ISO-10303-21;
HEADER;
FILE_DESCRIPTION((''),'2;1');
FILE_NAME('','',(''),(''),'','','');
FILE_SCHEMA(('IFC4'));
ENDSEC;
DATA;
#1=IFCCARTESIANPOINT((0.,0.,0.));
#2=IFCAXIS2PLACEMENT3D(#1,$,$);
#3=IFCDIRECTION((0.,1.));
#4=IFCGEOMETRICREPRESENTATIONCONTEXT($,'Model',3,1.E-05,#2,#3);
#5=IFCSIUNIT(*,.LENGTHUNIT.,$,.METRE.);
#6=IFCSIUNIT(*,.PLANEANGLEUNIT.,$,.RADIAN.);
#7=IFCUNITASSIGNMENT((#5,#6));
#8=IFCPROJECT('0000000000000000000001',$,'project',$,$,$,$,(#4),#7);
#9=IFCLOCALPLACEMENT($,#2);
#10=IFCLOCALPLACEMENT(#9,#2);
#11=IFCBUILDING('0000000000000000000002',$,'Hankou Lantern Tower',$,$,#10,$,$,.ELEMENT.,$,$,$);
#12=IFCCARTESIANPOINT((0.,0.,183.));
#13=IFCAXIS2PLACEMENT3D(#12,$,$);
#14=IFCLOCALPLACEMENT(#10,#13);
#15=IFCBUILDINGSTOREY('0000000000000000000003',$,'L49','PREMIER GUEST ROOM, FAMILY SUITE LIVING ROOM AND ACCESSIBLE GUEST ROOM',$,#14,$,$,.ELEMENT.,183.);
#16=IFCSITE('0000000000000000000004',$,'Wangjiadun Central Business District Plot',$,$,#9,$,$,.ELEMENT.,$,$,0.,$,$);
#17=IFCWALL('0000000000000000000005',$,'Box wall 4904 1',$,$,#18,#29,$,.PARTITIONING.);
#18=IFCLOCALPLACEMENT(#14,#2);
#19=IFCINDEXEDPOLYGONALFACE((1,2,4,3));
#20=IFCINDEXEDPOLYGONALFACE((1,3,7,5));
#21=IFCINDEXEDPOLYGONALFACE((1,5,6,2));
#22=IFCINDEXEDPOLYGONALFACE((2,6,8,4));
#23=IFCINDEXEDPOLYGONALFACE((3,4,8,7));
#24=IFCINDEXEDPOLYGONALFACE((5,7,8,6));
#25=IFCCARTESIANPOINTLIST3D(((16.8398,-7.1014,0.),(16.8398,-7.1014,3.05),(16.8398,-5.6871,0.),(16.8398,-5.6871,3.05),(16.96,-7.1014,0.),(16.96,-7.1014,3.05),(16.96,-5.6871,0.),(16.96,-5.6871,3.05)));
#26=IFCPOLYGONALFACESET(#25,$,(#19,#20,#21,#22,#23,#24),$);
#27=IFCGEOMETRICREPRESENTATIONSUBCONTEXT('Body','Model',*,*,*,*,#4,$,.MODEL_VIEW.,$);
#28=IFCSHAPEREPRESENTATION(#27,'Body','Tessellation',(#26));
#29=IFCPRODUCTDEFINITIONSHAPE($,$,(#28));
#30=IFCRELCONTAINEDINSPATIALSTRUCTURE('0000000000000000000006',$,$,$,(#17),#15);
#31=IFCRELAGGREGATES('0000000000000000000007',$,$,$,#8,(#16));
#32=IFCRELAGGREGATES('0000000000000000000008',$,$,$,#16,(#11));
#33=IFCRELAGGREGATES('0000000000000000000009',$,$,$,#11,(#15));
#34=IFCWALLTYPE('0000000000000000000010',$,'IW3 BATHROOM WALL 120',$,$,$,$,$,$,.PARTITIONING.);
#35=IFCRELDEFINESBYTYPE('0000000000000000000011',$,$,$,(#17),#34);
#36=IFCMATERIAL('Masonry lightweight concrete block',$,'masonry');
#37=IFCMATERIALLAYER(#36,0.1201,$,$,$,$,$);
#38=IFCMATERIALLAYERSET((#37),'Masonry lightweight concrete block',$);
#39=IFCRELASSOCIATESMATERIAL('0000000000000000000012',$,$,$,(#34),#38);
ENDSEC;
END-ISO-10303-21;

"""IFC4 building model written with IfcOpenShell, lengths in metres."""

from ifc_helpers import new_model, si_unit, direction, frame, frame_2d, origin, place, context, subcontext, project, spatial, rectangle, extrude, material, layer, layer_set, type_object, element, save


model = new_model("IFC4")

# Units and contexts
model_context = context("Model", 3, precision=1e-05, world=origin(), true_north=direction((0.0, 1.0)))
body_context = subcontext(model_context, "Body", "Model", "MODEL_VIEW")
ifc_project = project(units=[si_unit("LENGTHUNIT", "METRE"), si_unit("PLANEANGLEUNIT", "RADIAN")], contexts=[model_context])

# Site, building, storey
site_placement = place(None, origin())
site = spatial("IfcSite", under=ifc_project, at=site_placement, Name="Wangjiadun Central Business District Plot", CompositionType="ELEMENT", RefElevation=0.0)
building_placement = place(site_placement, origin())
building = spatial("IfcBuilding", under=site, at=building_placement, Name="Hankou Lantern Tower", CompositionType="ELEMENT")
storey_placement = place(building_placement, frame((0.0, 0.0, 183.0)))
storey = spatial("IfcBuildingStorey", under=building, at=storey_placement, Name="L49", Description="PREMIER GUEST ROOM, FAMILY SUITE LIVING ROOM AND ACCESSIBLE GUEST ROOM", CompositionType="ELEMENT", Elevation=183.0)

# Wall
ifc_material_1 = material(Name="Masonry lightweight concrete block", Category="masonry")
ifc_layer_1 = layer(ifc_material_1, 0.1201)
ifc_layer_set_1 = layer_set([ifc_layer_1], Name="Masonry lightweight concrete block")
wall_type_1 = type_object("IfcWallType", Name="IW3 BATHROOM WALL 120", PredefinedType="PARTITIONING", material=ifc_layer_set_1)
wall_1_placement = place(storey_placement, frame((16.8999, -5.6873, 0.0), z_axis=(0.0, 0.0, 1.0), x_axis=(0.0, -1.0, 0.0)))
element("IfcWall", 1, at=wall_1_placement, inside=storey, type_object=wall_type_1, Name="Box wall 4904 1", PredefinedType="PARTITIONING", context=body_context, shape_type="SweptSolid", body=[
    extrude(rectangle(XDim=1.4143, YDim=0.1201, at=frame_2d((0.707, 0.0))), origin(), (0.0, 0.0, 1.0), 3.05),
])

save(model, "model.ifc")
